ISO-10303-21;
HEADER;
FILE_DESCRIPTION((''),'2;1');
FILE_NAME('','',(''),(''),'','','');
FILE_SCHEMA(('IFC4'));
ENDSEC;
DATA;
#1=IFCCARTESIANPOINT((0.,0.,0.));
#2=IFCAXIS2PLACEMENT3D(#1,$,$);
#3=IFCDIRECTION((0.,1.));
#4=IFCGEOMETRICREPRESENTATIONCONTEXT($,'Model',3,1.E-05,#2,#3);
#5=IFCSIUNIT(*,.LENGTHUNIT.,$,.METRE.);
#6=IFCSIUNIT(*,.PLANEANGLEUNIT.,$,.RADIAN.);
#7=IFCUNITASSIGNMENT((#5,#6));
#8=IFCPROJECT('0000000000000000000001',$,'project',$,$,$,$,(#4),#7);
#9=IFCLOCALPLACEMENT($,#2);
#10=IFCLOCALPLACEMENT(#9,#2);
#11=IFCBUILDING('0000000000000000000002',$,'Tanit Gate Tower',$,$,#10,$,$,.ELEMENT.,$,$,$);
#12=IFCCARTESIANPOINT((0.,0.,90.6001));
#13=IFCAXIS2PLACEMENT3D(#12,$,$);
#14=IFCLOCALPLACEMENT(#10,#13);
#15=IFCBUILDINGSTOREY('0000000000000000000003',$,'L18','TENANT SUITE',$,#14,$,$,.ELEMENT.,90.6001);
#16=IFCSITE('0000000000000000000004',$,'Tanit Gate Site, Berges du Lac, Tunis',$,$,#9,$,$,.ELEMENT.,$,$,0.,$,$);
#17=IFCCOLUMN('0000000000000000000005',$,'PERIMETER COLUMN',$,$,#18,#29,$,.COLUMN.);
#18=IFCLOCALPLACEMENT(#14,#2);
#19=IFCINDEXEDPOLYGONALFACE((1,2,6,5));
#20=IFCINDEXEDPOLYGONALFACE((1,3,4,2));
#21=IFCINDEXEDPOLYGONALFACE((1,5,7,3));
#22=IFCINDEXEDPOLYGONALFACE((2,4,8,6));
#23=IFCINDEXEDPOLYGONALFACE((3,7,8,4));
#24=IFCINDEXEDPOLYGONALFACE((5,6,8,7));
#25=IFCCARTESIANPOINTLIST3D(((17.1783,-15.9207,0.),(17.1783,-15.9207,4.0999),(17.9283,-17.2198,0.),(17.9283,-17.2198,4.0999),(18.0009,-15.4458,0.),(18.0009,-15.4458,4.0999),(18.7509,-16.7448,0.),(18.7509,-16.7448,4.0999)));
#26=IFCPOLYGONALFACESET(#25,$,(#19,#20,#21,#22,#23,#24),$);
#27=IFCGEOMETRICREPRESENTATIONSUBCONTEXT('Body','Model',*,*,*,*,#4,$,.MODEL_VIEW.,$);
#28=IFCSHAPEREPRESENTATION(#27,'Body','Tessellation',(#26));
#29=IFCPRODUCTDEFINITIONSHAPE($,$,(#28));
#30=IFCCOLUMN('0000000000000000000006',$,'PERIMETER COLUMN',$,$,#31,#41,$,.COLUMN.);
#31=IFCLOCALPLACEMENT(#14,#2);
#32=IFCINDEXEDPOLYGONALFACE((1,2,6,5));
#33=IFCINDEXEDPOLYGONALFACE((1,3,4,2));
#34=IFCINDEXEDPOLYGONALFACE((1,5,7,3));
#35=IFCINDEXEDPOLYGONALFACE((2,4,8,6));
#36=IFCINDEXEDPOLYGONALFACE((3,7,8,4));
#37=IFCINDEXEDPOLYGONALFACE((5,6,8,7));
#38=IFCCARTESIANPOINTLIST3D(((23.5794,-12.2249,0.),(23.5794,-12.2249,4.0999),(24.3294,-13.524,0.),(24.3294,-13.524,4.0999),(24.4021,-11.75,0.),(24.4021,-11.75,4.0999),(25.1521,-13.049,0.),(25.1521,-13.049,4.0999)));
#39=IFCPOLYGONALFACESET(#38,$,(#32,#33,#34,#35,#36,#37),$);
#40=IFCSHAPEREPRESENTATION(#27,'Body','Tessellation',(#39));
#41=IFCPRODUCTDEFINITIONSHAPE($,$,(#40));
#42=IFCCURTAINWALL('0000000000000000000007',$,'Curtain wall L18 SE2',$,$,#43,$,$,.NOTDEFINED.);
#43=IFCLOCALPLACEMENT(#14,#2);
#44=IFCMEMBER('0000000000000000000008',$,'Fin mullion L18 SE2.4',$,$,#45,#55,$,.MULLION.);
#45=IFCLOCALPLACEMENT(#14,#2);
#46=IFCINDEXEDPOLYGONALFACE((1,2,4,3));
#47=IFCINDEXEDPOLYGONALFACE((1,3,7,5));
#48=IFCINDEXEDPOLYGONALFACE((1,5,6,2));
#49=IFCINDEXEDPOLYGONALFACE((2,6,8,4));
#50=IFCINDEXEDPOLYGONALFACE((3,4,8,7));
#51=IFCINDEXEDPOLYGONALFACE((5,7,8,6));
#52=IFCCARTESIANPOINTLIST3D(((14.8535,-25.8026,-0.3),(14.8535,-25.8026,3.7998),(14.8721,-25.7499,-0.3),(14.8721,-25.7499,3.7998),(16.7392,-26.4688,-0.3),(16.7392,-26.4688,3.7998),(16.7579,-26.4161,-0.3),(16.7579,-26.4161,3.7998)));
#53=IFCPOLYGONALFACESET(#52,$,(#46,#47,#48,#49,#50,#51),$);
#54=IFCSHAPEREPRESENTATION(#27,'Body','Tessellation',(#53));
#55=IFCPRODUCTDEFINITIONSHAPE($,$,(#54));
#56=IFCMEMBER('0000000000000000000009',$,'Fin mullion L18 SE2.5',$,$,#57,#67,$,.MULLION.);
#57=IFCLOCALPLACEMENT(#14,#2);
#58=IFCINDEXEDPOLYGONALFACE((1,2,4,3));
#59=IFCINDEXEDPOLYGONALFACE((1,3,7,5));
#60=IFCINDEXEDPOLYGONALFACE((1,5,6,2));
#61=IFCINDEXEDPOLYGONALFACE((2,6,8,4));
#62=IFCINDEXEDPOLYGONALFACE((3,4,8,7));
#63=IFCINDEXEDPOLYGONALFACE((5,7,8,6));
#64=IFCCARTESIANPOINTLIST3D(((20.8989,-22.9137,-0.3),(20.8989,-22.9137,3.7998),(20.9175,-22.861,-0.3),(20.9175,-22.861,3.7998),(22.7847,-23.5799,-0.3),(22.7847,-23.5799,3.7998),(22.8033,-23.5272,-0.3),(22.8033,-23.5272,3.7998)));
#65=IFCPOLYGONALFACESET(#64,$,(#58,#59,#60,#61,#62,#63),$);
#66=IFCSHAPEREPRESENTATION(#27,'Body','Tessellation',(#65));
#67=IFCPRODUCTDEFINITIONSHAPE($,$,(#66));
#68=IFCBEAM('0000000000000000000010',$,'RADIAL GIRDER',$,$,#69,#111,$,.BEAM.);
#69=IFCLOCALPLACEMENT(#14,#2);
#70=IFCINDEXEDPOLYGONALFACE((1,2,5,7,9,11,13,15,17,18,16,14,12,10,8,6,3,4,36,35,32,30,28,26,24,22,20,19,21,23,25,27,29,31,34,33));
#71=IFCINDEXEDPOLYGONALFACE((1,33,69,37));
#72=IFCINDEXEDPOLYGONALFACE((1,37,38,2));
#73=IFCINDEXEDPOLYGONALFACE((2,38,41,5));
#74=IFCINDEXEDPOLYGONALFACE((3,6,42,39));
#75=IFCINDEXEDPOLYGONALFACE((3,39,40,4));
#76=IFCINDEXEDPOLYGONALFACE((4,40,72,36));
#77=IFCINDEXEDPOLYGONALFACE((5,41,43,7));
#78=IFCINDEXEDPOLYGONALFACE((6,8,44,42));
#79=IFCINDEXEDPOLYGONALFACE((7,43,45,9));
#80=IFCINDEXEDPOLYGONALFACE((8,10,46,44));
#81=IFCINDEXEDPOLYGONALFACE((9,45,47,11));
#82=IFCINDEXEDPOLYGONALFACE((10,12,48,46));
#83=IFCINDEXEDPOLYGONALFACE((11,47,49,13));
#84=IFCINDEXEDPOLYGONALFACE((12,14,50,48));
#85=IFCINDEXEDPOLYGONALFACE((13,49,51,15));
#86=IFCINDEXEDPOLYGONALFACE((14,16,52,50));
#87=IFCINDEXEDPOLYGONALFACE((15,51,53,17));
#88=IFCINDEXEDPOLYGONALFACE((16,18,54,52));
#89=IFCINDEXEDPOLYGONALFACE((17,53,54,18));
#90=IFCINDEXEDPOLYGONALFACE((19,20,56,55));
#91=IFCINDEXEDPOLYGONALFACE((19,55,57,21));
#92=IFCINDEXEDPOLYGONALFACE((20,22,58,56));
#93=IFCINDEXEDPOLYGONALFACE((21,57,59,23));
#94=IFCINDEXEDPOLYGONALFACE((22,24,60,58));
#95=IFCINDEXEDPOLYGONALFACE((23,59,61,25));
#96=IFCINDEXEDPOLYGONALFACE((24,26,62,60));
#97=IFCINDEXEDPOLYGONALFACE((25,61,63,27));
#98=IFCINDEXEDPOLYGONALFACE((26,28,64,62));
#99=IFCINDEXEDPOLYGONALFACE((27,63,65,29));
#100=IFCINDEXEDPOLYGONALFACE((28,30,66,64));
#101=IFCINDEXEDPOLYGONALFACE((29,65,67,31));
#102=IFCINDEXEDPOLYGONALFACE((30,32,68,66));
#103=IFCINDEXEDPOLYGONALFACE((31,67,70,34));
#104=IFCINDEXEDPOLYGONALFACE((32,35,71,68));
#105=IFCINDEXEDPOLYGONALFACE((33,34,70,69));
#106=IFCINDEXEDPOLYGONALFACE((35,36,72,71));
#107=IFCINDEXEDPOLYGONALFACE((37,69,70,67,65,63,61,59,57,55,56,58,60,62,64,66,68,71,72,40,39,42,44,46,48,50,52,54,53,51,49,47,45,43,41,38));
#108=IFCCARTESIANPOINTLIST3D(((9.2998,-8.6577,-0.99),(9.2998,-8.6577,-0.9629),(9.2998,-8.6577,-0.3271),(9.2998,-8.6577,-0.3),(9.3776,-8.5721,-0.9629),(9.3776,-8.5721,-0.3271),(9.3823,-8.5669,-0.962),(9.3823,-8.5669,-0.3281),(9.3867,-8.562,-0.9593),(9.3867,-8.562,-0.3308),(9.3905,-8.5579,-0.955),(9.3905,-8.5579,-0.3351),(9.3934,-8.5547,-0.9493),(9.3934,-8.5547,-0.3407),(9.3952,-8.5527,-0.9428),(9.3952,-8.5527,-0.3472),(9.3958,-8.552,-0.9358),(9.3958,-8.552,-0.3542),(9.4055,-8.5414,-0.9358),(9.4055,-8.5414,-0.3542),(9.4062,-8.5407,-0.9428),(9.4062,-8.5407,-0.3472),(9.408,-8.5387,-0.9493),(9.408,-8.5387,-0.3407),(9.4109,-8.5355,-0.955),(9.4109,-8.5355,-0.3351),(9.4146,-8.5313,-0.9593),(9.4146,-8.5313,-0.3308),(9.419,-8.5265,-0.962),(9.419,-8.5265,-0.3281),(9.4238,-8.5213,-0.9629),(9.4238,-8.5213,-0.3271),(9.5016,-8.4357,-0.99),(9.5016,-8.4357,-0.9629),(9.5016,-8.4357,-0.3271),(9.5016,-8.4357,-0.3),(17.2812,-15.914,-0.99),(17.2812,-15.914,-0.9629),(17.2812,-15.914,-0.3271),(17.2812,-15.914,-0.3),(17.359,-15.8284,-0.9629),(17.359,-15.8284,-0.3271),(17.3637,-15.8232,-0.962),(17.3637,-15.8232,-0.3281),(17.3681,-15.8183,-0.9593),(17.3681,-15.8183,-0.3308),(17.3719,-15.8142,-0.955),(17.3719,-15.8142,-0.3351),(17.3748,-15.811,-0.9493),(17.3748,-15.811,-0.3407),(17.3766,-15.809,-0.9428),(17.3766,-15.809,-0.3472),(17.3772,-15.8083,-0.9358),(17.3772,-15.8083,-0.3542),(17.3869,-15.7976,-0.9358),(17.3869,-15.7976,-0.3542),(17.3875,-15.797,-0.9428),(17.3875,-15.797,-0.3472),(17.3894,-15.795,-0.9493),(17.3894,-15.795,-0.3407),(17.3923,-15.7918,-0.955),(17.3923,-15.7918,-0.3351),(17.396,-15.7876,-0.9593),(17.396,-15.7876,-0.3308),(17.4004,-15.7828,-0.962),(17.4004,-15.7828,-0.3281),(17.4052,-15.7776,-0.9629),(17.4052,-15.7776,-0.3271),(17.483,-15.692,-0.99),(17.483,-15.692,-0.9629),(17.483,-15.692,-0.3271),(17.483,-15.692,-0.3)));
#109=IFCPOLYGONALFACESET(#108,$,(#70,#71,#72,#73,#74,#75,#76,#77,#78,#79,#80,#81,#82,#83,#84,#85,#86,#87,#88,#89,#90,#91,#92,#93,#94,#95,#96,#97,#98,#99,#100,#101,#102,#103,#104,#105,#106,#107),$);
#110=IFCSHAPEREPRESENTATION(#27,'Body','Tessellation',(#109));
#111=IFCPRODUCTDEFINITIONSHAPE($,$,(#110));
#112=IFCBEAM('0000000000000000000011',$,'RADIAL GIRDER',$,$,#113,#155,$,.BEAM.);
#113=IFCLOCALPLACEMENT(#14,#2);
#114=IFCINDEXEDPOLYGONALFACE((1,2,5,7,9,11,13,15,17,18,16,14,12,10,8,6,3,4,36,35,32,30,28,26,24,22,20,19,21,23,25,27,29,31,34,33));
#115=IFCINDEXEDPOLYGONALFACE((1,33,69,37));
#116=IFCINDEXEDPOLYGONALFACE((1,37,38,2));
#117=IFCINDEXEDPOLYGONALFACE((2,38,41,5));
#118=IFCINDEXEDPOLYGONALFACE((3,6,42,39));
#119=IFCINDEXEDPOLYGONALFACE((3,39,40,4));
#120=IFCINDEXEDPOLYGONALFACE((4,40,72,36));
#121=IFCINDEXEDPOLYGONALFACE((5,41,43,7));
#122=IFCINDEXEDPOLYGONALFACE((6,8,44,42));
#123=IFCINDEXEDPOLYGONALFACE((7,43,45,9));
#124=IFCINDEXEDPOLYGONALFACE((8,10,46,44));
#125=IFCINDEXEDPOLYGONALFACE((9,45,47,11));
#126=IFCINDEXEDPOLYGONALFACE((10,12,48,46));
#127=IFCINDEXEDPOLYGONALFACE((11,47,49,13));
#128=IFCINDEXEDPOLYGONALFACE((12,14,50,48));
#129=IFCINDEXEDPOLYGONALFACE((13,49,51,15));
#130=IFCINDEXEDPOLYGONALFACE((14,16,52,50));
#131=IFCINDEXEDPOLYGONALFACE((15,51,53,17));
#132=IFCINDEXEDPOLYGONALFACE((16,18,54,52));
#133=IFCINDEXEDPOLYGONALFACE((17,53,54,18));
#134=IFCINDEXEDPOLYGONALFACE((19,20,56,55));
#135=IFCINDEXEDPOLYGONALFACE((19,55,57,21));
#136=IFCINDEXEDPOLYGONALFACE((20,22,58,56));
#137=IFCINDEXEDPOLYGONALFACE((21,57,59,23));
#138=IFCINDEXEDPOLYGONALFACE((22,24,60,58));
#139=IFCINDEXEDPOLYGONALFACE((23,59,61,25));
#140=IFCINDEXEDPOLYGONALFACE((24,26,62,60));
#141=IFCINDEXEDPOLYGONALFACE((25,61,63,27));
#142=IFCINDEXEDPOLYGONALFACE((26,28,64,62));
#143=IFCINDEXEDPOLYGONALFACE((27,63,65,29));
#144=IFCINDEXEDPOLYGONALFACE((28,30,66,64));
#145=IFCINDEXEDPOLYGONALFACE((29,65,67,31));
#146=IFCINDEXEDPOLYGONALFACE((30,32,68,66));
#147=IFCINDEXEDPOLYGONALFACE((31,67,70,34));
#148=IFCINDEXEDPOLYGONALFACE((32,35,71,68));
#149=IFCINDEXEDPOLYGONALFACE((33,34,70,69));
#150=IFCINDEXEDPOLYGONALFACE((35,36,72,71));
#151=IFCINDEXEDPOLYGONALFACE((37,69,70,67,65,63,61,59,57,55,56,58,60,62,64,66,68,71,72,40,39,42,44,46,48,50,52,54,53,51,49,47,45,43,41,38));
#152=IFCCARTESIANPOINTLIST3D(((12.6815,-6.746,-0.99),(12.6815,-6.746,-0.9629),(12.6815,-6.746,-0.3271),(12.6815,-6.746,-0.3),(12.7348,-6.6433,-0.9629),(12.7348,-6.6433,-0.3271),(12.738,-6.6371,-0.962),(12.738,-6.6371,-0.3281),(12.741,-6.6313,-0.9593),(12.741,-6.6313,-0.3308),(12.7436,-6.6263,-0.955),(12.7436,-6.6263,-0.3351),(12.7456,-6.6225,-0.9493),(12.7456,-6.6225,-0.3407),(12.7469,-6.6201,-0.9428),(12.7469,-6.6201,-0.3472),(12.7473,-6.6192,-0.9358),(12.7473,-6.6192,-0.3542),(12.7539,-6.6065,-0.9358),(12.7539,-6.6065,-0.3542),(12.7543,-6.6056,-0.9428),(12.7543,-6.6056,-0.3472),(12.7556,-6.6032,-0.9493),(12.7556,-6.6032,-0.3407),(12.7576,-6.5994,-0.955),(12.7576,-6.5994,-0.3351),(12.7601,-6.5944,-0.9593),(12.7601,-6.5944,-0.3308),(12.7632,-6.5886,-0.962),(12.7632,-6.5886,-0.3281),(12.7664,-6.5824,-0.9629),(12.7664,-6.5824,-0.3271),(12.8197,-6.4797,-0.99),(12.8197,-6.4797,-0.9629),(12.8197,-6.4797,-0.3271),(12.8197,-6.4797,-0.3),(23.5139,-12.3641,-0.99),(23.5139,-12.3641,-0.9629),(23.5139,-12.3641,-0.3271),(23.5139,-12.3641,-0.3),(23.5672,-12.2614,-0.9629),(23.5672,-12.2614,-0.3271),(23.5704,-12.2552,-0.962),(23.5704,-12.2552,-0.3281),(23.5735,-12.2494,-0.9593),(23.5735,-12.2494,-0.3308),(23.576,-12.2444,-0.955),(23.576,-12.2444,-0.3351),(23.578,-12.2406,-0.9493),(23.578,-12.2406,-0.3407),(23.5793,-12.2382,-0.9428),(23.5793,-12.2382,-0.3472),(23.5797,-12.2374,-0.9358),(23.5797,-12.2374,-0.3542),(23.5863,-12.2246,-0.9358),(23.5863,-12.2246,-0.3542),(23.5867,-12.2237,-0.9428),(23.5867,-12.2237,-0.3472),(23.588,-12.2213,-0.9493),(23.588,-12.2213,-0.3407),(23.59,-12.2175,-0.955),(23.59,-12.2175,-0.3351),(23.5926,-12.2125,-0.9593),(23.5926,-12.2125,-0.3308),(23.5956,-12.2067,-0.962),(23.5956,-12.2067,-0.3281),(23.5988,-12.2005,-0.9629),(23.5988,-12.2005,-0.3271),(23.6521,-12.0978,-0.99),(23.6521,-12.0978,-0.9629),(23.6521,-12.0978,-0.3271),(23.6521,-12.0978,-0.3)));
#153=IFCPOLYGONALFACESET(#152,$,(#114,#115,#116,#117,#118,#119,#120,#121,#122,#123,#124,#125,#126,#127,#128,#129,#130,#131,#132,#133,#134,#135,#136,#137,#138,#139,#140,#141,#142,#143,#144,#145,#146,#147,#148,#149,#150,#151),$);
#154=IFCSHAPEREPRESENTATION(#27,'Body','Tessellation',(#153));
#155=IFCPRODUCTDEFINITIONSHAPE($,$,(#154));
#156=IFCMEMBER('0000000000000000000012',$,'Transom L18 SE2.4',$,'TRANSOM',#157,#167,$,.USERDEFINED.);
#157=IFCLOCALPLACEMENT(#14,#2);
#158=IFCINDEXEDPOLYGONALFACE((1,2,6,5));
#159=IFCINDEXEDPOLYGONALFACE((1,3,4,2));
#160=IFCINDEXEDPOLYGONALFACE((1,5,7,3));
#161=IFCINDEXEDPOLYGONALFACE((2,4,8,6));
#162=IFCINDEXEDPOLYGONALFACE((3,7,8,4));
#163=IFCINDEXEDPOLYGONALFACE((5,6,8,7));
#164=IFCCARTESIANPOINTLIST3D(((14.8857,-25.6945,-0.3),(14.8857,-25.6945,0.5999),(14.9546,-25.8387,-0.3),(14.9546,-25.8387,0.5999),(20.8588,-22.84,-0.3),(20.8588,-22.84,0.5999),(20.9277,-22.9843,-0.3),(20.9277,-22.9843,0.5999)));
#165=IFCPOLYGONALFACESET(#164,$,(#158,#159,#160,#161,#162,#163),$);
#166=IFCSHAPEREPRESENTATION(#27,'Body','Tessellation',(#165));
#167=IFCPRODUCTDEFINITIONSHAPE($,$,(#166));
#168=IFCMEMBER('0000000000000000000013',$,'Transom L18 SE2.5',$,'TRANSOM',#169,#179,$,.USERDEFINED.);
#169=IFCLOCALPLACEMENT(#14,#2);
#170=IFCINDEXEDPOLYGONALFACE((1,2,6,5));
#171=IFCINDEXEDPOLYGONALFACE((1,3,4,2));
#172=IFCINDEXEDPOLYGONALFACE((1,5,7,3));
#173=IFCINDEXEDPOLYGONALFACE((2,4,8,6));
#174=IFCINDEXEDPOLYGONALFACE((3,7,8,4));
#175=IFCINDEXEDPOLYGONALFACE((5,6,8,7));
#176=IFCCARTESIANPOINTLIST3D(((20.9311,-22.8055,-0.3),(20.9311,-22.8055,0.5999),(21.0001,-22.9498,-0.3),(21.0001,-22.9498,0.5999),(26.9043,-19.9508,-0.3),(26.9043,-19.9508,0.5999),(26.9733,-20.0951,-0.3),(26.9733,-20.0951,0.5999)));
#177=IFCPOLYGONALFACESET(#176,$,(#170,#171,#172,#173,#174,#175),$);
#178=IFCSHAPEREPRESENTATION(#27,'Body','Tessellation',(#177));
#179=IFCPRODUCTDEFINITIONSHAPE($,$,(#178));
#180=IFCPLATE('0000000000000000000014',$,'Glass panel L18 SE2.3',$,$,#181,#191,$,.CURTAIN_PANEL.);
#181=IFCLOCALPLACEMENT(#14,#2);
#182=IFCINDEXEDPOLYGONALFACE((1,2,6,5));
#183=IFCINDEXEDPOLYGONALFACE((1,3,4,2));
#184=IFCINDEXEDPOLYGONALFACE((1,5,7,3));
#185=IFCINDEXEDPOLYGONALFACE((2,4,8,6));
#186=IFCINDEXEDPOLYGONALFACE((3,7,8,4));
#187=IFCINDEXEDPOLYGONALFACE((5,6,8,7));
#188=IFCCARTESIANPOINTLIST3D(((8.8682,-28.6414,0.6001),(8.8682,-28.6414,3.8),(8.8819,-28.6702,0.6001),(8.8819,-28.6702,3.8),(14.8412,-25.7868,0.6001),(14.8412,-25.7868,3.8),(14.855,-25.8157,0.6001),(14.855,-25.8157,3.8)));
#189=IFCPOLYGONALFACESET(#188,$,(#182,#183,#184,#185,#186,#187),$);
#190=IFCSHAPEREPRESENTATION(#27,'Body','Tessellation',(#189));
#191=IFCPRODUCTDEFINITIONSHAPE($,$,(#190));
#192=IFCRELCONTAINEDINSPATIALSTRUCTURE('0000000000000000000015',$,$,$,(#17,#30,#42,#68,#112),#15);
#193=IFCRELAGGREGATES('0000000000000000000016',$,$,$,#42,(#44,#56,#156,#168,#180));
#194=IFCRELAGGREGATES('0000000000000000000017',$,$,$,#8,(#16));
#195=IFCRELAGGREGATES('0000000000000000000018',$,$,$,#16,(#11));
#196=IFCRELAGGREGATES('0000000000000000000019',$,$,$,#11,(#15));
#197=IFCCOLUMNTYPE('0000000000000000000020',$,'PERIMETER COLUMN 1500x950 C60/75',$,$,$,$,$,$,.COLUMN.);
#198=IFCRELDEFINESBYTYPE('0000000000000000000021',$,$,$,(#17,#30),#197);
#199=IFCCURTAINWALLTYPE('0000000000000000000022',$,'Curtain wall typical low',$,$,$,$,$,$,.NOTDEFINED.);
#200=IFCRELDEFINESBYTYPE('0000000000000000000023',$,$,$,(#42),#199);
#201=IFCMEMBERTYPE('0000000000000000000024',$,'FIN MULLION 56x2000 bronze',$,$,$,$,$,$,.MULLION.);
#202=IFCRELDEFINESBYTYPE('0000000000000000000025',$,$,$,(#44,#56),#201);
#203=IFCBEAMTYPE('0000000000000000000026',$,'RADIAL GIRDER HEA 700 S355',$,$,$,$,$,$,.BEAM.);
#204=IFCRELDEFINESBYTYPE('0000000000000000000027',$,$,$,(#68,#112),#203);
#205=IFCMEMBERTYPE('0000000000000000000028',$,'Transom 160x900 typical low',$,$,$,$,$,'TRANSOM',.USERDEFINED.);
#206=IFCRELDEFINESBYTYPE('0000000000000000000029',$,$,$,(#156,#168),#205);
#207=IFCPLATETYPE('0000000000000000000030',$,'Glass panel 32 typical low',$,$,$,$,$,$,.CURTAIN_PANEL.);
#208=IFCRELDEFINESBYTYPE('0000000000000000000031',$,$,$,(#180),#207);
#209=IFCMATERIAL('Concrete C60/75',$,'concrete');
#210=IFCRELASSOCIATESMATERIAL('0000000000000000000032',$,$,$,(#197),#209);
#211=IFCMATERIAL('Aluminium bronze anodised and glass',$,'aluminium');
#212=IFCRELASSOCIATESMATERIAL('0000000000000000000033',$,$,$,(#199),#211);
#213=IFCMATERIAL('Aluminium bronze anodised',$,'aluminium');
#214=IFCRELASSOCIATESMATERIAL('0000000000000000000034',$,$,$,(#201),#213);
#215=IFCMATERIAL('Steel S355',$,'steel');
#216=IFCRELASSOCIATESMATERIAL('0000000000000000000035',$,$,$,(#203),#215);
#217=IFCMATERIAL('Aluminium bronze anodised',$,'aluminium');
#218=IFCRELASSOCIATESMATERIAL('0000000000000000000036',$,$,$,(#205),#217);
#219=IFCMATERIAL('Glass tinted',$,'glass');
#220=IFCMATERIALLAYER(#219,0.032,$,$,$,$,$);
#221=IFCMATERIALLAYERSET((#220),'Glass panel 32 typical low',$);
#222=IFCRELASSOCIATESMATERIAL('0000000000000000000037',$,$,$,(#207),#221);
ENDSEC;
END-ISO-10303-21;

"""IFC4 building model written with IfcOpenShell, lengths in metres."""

from ifc_helpers import new_model, si_unit, direction, frame, origin, origin_2d, place, context, subcontext, project, spatial, rectangle, i_section, extrude, material, layer, layer_set, material_profile, profile_set, type_object, element, aggregate, save


model = new_model("IFC4")

# Units and contexts
model_context = context("Model", 3, precision=1e-05, world=origin(), true_north=direction((0.0, 1.0)))
body_context = subcontext(model_context, "Body", "Model", "MODEL_VIEW")
ifc_project = project(units=[si_unit("LENGTHUNIT", "METRE"), si_unit("PLANEANGLEUNIT", "RADIAN")], contexts=[model_context])

# Site, building, storey
site_placement = place(None, origin())
site = spatial("IfcSite", under=ifc_project, at=site_placement, Name="Tanit Gate Site, Berges du Lac, Tunis", CompositionType="ELEMENT", RefElevation=0.0)
building_placement = place(site_placement, origin())
building = spatial("IfcBuilding", under=site, at=building_placement, Name="Tanit Gate Tower", CompositionType="ELEMENT")
storey_placement = place(building_placement, frame((0.0, 0.0, 90.6001)))
storey = spatial("IfcBuildingStorey", under=building, at=storey_placement, Name="L18", Description="TENANT SUITE", CompositionType="ELEMENT", Elevation=90.6001)

# Columns
ifc_material_1 = material(Name="Concrete C60/75", Category="concrete")
ifc_material_profile_1 = material_profile(ifc_material_1, rectangle(XDim=1.5, YDim=0.95, at=origin_2d()), Name="RC 1500x950")
ifc_profile_set_1 = profile_set([ifc_material_profile_1], Name="Concrete C60/75")
column_type = type_object("IfcColumnType", Name="PERIMETER COLUMN 1500x950 C60/75", PredefinedType="COLUMN", material=ifc_profile_set_1)
for number, where, z_axis, x_axis, name in (
    (1, (17.9646, -16.3328, 0.0), (0.0, 0.0, 1.0), (0.5, -0.866025, 0.0), "PERIMETER COLUMN"),
    (2, (24.3657, -12.637, 0.0), (0.0, 0.0, 1.0), (0.5, -0.866025, 0.0), "PERIMETER COLUMN"),
):
    element("IfcColumn", number, at=place(storey_placement, frame(where, z_axis=z_axis, x_axis=x_axis)), inside=storey, type_object=column_type, Name=name, PredefinedType="COLUMN", context=body_context, shape_type="SweptSolid", body=[
        extrude(rectangle(XDim=1.5, YDim=0.95, at=origin_2d()), origin(), (0.0, 0.0, 1.0), 4.0999),
    ])

# Curtain wall, members
ifc_material_2 = material(Name="Aluminium bronze anodised and glass", Category="aluminium")
curtain_wall_type = type_object("IfcCurtainWallType", Name="Curtain wall typical low", PredefinedType="NOTDEFINED", material=ifc_material_2)
curtain_wall_placement = place(storey_placement, origin())
curtain_wall = element("IfcCurtainWall", 3, at=curtain_wall_placement, inside=storey, type_object=curtain_wall_type, Name="Curtain wall L18 SE2", PredefinedType="NOTDEFINED")
ifc_material_3 = material(Name="Aluminium bronze anodised", Category="aluminium")
ifc_material_profile_2 = material_profile(ifc_material_3, rectangle(XDim=2.0, YDim=0.0559, at=origin_2d()), Name="56x2000 bronze fin mullion")
ifc_profile_set_2 = profile_set([ifc_material_profile_2], Name="Aluminium bronze anodised")
member_type_1 = type_object("IfcMemberType", Name="FIN MULLION 56x2000 bronze", PredefinedType="MULLION", material=ifc_profile_set_2)
member_1_placement = place(storey_placement, frame((15.8057, -26.1094, -0.3), z_axis=(0.0, 0.0, 1.0), x_axis=(-0.942895, 0.33309, 0.0)))
member_1 = element("IfcMember", 4, at=member_1_placement, type_object=member_type_1, Name="Fin mullion L18 SE2.4", PredefinedType="MULLION", context=body_context, shape_type="SweptSolid", body=[
    extrude(rectangle(XDim=2.0, YDim=0.0559, at=origin_2d()), origin(), (0.0, 0.0, 1.0), 4.0999),
])
member_2_placement = place(storey_placement, frame((21.8511, -23.2205, -0.3), z_axis=(0.0, 0.0, 1.0), x_axis=(-0.942895, 0.33309, 0.0)))
member_2 = element("IfcMember", 5, at=member_2_placement, type_object=member_type_1, Name="Fin mullion L18 SE2.5", PredefinedType="MULLION", context=body_context, shape_type="SweptSolid", body=[
    extrude(rectangle(XDim=2.0, YDim=0.0559, at=origin_2d()), origin(), (0.0, 0.0, 1.0), 4.0999),
])

# Beams
ifc_material_4 = material(Name="Steel S355", Category="steel")
ifc_material_profile_3 = material_profile(ifc_material_4, i_section(OverallWidth=0.3, OverallDepth=0.6899, WebThickness=0.0144, FlangeThickness=0.0271, FilletRadius=0.0271, at=origin_2d()), Name="HEA 700")
ifc_profile_set_3 = profile_set([ifc_material_profile_3], Name="Steel S355")
beam_type = type_object("IfcBeamType", Name="RADIAL GIRDER HEA 700 S355", PredefinedType="BEAM", material=ifc_profile_set_3)
beam_1_placement = place(storey_placement, frame((17.3821, -15.803, -0.645), z_axis=(-0.739918, 0.672698, 0.0), x_axis=(-0.672698, -0.739918, 0.0)))
element("IfcBeam", 6, at=beam_1_placement, inside=storey, type_object=beam_type, Name="RADIAL GIRDER", PredefinedType="BEAM", context=body_context, shape_type="SweptSolid", body=[
    extrude(i_section(OverallWidth=0.3, OverallDepth=0.6899, WebThickness=0.0144, FlangeThickness=0.0271, FilletRadius=0.0271, at=origin_2d()), origin(), (0.0, 0.0, 1.0), 10.7869),
])
beam_2_placement = place(storey_placement, frame((23.583, -12.231, -0.645), z_axis=(-0.887711, 0.460401, 0.0), x_axis=(-0.460401, -0.887711, 0.0)))
element("IfcBeam", 7, at=beam_2_placement, inside=storey, type_object=beam_type, Name="RADIAL GIRDER", PredefinedType="BEAM", context=body_context, shape_type="SweptSolid", body=[
    extrude(i_section(OverallWidth=0.3, OverallDepth=0.6899, WebThickness=0.0144, FlangeThickness=0.0271, FilletRadius=0.0271, at=origin_2d()), origin(), (0.0, 0.0, 1.0), 12.2026),
])

# Members
ifc_material_5 = material(Name="Aluminium bronze anodised", Category="aluminium")
ifc_material_profile_4 = material_profile(ifc_material_5, rectangle(XDim=0.1599, YDim=0.8999, at=origin_2d()), Name="160x900 bronze transom")
ifc_profile_set_4 = profile_set([ifc_material_profile_4], Name="Aluminium bronze anodised")
member_type_2 = type_object("IfcMemberType", Name="Transom 160x900 typical low", ElementType="TRANSOM", PredefinedType="USERDEFINED", material=ifc_profile_set_4)
member_3_placement = place(storey_placement, frame((14.9202, -25.7666, 0.1499), z_axis=(0.902265, 0.431181, 0.0), x_axis=(-0.431181, 0.902265, 0.0)))
member_3 = element("IfcMember", 8, at=member_3_placement, type_object=member_type_2, Name="Transom L18 SE2.4", ObjectType="TRANSOM", PredefinedType="USERDEFINED", context=body_context, shape_type="SweptSolid", body=[
    extrude(rectangle(XDim=0.1599, YDim=0.8999, at=origin_2d()), origin(), (0.0, 0.0, 1.0), 6.6201),
])
member_4_placement = place(storey_placement, frame((20.9656, -22.8777, 0.1499), z_axis=(0.902251, 0.431211, 0.0), x_axis=(-0.431211, 0.902251, 0.0)))
member_4 = element("IfcMember", 9, at=member_4_placement, type_object=member_type_2, Name="Transom L18 SE2.5", ObjectType="TRANSOM", PredefinedType="USERDEFINED", context=body_context, shape_type="SweptSolid", body=[
    extrude(rectangle(XDim=0.1599, YDim=0.8999, at=origin_2d()), origin(), (0.0, 0.0, 1.0), 6.6204),
])

# Plate
ifc_material_6 = material(Name="Glass tinted", Category="glass")
ifc_layer_1 = layer(ifc_material_6, 0.032)
ifc_layer_set_1 = layer_set([ifc_layer_1], Name="Glass panel 32 typical low")
plate_type = type_object("IfcPlateType", Name="Glass panel 32 typical low", PredefinedType="CURTAIN_PANEL", material=ifc_layer_set_1)
plate_1_placement = place(storey_placement, frame((11.8616, -27.2285, 0.6001), z_axis=(0.0, 0.0, 1.0), x_axis=(0.902258, 0.431197, 0.0)))
plate_1 = element("IfcPlate", 10, at=plate_1_placement, type_object=plate_type, Name="Glass panel L18 SE2.3", PredefinedType="CURTAIN_PANEL", context=body_context, shape_type="SweptSolid", body=[
    extrude(rectangle(XDim=6.6201, YDim=0.032, at=origin_2d()), origin(), (0.0, 0.0, 1.0), 3.2),
])
aggregate(curtain_wall, [member_1, member_2, member_3, member_4, plate_1])

save(model, "model.ifc")
